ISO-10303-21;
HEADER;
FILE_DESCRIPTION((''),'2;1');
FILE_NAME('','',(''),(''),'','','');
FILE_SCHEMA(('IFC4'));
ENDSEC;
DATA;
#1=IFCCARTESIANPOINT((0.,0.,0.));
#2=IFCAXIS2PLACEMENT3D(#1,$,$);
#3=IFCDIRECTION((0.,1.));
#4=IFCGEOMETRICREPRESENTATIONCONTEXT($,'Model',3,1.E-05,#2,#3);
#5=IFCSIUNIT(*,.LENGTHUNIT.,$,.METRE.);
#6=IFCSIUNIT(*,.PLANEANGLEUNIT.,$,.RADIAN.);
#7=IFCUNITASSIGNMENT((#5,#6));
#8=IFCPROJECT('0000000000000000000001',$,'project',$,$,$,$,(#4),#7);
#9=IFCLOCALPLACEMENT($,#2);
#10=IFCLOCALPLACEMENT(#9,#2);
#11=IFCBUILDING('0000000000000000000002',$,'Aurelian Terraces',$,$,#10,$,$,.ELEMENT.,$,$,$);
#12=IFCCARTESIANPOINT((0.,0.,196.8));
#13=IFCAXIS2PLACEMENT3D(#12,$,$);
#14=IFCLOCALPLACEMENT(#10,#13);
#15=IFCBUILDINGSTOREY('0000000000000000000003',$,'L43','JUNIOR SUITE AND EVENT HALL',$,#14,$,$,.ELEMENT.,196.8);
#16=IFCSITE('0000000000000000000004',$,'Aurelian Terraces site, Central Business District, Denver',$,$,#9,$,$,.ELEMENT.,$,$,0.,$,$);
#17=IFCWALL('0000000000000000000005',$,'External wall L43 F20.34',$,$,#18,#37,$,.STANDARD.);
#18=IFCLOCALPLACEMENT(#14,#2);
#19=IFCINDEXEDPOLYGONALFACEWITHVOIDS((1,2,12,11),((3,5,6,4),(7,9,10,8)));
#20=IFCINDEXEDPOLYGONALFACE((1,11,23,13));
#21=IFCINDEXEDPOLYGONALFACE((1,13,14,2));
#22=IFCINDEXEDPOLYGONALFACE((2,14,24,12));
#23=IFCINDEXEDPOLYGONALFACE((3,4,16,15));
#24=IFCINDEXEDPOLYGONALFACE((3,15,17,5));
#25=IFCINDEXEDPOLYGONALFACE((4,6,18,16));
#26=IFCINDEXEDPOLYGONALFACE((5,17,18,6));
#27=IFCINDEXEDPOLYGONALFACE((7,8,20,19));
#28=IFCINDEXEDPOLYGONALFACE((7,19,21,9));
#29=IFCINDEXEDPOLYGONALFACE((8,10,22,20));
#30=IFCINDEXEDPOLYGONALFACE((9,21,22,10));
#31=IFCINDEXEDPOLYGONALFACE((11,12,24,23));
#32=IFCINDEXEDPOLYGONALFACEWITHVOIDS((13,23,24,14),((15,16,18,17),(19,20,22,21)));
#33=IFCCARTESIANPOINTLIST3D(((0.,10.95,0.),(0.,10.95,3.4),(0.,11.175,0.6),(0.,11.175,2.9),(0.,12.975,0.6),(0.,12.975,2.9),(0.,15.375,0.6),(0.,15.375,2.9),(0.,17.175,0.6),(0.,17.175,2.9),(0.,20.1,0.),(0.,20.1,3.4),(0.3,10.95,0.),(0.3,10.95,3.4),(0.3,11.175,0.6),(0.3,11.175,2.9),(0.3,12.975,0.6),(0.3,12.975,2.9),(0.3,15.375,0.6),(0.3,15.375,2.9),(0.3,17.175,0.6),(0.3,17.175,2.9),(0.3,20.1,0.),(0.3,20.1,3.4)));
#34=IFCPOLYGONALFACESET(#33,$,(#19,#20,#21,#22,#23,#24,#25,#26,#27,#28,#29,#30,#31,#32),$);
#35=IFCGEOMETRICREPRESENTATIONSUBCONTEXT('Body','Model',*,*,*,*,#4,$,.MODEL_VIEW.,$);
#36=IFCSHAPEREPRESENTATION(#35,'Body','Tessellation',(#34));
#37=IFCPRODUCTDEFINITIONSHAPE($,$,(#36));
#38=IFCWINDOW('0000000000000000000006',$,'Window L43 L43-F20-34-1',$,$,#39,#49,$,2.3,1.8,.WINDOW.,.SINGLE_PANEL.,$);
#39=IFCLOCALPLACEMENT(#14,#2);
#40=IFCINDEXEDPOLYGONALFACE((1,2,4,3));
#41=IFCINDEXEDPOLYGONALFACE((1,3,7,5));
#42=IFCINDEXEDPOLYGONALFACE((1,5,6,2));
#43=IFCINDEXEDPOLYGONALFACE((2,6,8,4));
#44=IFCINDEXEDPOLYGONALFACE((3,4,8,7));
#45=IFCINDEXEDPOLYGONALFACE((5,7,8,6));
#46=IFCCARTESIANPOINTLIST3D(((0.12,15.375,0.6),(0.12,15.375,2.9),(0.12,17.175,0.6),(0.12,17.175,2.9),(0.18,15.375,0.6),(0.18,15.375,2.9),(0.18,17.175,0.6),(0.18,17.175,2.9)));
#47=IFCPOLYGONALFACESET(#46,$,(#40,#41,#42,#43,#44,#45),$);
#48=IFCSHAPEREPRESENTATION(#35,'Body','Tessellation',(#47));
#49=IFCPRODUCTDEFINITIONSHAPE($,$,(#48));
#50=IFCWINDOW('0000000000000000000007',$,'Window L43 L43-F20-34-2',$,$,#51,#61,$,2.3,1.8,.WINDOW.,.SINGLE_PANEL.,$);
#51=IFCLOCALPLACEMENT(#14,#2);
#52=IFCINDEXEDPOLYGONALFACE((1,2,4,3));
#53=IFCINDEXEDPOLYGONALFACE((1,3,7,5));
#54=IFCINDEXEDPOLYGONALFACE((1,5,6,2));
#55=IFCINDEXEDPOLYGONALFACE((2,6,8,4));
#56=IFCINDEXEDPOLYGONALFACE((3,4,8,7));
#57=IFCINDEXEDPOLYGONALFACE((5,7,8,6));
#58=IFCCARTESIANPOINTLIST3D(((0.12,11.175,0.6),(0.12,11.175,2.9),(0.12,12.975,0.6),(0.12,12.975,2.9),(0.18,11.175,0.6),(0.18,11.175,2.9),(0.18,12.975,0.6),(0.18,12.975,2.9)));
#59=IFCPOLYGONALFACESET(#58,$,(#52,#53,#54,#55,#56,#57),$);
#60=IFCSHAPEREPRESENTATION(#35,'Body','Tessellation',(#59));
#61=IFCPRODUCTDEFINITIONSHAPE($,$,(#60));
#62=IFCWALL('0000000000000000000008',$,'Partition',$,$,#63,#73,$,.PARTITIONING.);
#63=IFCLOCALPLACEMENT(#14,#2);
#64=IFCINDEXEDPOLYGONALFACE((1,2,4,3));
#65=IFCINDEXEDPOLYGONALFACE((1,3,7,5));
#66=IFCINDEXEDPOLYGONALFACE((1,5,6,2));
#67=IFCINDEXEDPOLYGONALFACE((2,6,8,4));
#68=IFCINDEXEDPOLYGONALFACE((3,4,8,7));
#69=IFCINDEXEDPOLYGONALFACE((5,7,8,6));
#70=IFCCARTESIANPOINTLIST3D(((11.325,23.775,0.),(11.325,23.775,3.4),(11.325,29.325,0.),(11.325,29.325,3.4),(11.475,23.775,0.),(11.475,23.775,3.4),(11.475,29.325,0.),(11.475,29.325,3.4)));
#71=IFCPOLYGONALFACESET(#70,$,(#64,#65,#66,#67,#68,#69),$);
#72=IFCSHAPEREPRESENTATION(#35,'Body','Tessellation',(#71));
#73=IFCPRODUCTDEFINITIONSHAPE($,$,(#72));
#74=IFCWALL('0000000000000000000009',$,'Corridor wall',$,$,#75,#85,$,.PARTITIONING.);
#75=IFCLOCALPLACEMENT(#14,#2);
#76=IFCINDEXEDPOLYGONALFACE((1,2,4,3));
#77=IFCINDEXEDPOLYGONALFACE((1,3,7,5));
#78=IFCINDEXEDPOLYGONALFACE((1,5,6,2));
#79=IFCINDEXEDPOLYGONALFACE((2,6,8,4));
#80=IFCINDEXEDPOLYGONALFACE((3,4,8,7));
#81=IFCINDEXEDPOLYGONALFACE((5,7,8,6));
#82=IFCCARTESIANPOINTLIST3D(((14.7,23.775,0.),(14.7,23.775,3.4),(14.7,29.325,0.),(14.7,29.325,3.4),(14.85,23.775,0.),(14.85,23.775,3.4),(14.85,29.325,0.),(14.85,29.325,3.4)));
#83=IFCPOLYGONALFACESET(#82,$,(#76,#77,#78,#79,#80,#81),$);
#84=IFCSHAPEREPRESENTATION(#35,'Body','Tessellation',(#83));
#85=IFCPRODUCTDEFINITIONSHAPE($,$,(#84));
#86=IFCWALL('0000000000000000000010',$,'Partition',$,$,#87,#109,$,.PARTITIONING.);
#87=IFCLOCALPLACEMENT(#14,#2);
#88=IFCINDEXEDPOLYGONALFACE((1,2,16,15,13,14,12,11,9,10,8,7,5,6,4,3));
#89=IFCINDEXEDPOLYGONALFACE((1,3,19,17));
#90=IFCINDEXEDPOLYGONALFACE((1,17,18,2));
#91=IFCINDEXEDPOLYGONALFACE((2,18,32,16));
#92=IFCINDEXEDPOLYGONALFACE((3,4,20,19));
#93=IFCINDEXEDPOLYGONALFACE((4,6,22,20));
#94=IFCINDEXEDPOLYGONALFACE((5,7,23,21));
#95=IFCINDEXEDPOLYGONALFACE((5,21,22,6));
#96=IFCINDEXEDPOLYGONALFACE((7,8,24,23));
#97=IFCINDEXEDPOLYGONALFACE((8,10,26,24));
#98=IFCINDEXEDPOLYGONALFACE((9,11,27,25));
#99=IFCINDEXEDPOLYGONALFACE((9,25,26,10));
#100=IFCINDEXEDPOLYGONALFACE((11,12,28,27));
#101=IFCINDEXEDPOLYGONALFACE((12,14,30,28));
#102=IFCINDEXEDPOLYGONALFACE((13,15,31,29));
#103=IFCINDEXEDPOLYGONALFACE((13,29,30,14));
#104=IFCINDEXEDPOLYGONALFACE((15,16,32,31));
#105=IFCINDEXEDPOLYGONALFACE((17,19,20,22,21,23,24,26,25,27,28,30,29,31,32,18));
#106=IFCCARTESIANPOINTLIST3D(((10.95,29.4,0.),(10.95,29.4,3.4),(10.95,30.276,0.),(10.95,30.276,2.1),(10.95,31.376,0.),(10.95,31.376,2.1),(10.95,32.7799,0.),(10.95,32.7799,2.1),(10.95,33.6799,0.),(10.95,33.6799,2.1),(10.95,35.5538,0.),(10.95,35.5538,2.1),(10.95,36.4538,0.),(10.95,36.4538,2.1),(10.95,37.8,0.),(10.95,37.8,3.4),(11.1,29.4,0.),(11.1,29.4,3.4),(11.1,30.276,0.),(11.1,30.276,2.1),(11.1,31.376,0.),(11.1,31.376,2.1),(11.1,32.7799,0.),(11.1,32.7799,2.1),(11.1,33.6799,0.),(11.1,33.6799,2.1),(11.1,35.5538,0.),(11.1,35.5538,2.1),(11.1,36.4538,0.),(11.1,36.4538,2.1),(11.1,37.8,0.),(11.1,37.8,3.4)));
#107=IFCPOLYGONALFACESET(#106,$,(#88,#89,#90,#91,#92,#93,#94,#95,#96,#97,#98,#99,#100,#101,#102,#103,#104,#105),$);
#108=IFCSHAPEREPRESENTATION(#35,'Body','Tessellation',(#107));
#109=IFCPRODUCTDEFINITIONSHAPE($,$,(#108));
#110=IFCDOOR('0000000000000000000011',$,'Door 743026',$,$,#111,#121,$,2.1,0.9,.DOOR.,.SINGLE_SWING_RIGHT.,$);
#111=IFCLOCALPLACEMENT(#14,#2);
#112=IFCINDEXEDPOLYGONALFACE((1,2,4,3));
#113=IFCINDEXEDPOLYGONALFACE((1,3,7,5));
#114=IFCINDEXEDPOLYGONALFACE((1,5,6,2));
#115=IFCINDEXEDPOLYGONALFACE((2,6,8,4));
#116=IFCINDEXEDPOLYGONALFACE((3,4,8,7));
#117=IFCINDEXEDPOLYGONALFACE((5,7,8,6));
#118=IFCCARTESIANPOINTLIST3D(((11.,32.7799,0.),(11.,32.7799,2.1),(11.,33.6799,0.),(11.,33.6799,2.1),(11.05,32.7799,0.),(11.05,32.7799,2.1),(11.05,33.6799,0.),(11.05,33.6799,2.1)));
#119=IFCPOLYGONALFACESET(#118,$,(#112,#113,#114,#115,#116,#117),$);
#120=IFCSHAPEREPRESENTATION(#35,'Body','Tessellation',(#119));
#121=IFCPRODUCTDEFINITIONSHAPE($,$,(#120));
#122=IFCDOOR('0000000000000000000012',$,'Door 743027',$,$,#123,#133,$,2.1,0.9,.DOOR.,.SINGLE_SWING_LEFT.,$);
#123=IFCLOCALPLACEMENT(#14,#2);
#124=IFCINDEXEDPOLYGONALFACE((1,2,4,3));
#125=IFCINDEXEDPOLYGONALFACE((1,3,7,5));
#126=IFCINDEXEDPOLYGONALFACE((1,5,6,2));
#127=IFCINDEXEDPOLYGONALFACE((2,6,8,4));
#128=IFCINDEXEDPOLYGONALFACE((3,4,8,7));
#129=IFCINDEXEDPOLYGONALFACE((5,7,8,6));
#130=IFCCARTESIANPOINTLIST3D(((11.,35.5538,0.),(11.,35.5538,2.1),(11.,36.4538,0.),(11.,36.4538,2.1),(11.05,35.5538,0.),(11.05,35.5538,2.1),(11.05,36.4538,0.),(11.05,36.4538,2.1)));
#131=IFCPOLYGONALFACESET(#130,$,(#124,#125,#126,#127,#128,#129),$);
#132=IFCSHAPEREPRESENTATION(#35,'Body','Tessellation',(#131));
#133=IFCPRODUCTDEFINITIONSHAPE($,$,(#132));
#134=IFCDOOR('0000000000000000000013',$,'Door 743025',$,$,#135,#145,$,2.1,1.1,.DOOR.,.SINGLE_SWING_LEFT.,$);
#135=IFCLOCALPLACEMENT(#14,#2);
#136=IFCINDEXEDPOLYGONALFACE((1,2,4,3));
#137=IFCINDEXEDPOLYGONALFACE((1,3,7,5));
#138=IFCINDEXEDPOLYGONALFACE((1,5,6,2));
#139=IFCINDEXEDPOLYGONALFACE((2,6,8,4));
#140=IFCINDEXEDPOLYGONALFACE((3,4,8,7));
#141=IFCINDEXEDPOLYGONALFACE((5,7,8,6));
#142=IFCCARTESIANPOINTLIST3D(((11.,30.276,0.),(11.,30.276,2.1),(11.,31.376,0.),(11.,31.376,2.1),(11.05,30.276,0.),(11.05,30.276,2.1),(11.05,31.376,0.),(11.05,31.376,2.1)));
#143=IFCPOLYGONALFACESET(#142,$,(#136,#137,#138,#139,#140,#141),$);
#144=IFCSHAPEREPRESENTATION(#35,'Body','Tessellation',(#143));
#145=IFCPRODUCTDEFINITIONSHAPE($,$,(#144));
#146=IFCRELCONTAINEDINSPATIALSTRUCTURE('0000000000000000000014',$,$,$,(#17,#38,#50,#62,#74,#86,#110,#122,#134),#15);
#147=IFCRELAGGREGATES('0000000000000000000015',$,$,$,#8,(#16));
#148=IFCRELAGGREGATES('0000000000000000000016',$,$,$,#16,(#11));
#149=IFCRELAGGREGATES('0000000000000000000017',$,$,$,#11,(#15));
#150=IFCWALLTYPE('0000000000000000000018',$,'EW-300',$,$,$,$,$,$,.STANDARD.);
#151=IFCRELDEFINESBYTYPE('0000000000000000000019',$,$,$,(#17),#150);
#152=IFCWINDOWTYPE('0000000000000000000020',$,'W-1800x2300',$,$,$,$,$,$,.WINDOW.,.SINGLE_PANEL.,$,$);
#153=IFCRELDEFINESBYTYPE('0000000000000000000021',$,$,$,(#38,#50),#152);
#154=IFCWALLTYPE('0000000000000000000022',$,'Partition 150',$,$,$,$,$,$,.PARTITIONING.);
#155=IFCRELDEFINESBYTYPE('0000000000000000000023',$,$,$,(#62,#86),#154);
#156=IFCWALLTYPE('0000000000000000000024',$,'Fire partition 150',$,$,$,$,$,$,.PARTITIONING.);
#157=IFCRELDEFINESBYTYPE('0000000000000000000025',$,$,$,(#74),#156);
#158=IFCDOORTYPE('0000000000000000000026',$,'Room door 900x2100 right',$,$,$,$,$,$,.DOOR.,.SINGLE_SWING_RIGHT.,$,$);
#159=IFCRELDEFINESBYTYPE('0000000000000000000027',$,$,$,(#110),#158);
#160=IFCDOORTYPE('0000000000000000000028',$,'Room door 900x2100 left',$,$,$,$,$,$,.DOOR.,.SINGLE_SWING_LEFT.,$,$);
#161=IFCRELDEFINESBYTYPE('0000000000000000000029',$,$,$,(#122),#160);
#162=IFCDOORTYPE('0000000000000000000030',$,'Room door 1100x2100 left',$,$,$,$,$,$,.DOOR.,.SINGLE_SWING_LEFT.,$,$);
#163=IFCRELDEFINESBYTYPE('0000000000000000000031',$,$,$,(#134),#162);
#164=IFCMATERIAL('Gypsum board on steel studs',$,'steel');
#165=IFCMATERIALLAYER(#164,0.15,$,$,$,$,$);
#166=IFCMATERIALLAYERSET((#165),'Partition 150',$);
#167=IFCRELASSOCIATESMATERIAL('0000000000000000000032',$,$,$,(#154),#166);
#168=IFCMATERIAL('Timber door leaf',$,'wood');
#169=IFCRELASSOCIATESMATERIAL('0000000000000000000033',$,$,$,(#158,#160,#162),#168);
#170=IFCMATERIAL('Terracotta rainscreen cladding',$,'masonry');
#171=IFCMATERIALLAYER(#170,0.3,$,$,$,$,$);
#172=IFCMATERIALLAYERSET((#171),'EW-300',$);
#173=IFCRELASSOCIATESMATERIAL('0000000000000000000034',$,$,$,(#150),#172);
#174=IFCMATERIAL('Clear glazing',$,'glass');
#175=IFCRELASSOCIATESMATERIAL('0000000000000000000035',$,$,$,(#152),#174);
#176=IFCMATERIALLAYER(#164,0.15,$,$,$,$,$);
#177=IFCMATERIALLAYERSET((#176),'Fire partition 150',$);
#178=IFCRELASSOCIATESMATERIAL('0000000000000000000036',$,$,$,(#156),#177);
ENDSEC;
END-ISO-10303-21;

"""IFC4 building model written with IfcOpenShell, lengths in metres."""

from ifc_helpers import new_model, si_unit, direction, frame, frame_2d, origin, place, context, subcontext, project, spatial, rectangle, extrude, source, transform, mapped, material, layer, layer_set, type_object, element, fill, save


model = new_model("IFC4")

# Units and contexts
model_context = context("Model", 3, precision=1e-05, world=origin(), true_north=direction((0.0, 1.0)))
body_context = subcontext(model_context, "Body", "Model", "MODEL_VIEW")
ifc_project = project(units=[si_unit("LENGTHUNIT", "METRE"), si_unit("PLANEANGLEUNIT", "RADIAN")], contexts=[model_context])

# Site, building, storey
site_placement = place(None, origin())
site = spatial("IfcSite", under=ifc_project, at=site_placement, Name="Aurelian Terraces site, Central Business District, Denver", CompositionType="ELEMENT", RefElevation=0.0)
building_placement = place(site_placement, origin())
building = spatial("IfcBuilding", under=site, at=building_placement, Name="Aurelian Terraces", CompositionType="ELEMENT")
storey_placement = place(building_placement, frame((0.0, 0.0, 196.8)))
storey = spatial("IfcBuildingStorey", under=building, at=storey_placement, Name="L43", Description="JUNIOR SUITE AND EVENT HALL", CompositionType="ELEMENT", Elevation=196.8)

# Shared definitions
ifc_material_1 = material(Name="Gypsum board on steel studs", Category="steel")
ifc_layer_1 = layer(ifc_material_1, 0.15)
ifc_layer_set_1 = layer_set([ifc_layer_1], Name="Partition 150")
wall_type_1 = type_object("IfcWallType", Name="Partition 150", PredefinedType="PARTITIONING", material=ifc_layer_set_1)
shared_shape_1 = source(origin(), body_context, "Body", "SweptSolid", [
    extrude(rectangle(XDim=0.9, YDim=2.1, at=frame_2d((0.45, 1.05))), frame((0.0, 0.085, 0.0), z_axis=(0.0, -1.0, 0.0), x_axis=(1.0, 0.0, 0.0)), (0.0, 0.0, 1.0), 0.17),
])
ifc_material_2 = material(Name="Timber door leaf", Category="wood")
door_type_1 = type_object("IfcDoorType", Name="Room door 900x2100 right", OperationType="SINGLE_SWING_RIGHT", PredefinedType="DOOR", material=ifc_material_2)
shared_shape_2 = source(origin(), body_context, "Body", "SweptSolid", [
    extrude(rectangle(XDim=0.9, YDim=2.1, at=frame_2d((0.45, 1.05))), frame((0.0, 0.025, 0.0), z_axis=(0.0, -1.0, 0.0), x_axis=(1.0, 0.0, 0.0)), (0.0, 0.0, 1.0), 0.05),
])
door_type_2 = type_object("IfcDoorType", Name="Room door 900x2100 left", OperationType="SINGLE_SWING_LEFT", PredefinedType="DOOR", material=ifc_material_2)

# Shared definitions
ifc_material_3 = material(Name="Terracotta rainscreen cladding", Category="masonry")
ifc_layer_2 = layer(ifc_material_3, 0.3)
ifc_layer_set_2 = layer_set([ifc_layer_2], Name="EW-300")
wall_type_2 = type_object("IfcWallType", Name="EW-300", PredefinedType="STANDARD", material=ifc_layer_set_2)
shared_shape_3 = source(origin(), body_context, "Body", "SweptSolid", [
    extrude(rectangle(XDim=1.8, YDim=2.3, at=frame_2d((0.9, 1.15))), frame((0.0, 0.16, 0.0), z_axis=(0.0, -1.0, 0.0), x_axis=(1.0, 0.0, 0.0)), (0.0, 0.0, 1.0), 0.32),
])
ifc_material_4 = material(Name="Clear glazing", Category="glass")
window_type = type_object("IfcWindowType", Name="W-1800x2300", PartitioningType="SINGLE_PANEL", PredefinedType="WINDOW", material=ifc_material_4)
shared_shape_4 = source(origin(), body_context, "Body", "SweptSolid", [
    extrude(rectangle(XDim=1.8, YDim=2.3, at=frame_2d((0.9, 1.15))), frame((0.0, 0.03, 0.0), z_axis=(0.0, -1.0, 0.0), x_axis=(1.0, 0.0, 0.0)), (0.0, 0.0, 1.0), 0.06),
])

# Wall, openings, windows
shared_shape_5 = source(origin(), body_context, "Body", "SweptSolid", [
    extrude(rectangle(XDim=9.15, YDim=0.3, at=frame_2d((4.575, 0.0))), origin(), (0.0, 0.0, 1.0), 3.4),
])
wall_1_placement = place(storey_placement, frame((0.15, 20.1, 0.0), z_axis=(0.0, 0.0, 1.0), x_axis=(0.0, -1.0, 0.0)))
wall_1 = element("IfcWall", 1, at=wall_1_placement, inside=storey, type_object=wall_type_2, Name="External wall L43 F20.34", PredefinedType="STANDARD", context=body_context, shape_type="MappedRepresentation", body=[
    mapped(shared_shape_5, transform((0.0, 0.0, 0.0), scale=1.0)),
])
opening_1_placement = place(wall_1_placement, frame((2.925, 0.0, 0.6)))
opening_1 = element("IfcOpeningElement", 2, at=opening_1_placement, cuts=wall_1, PredefinedType="OPENING", context=body_context, shape_type="MappedRepresentation", body=[
    mapped(shared_shape_3, transform((0.0, 0.0, 0.0), scale=1.0)),
])
opening_2_placement = place(wall_1_placement, frame((7.125, 0.0, 0.6)))
opening_2 = element("IfcOpeningElement", 3, at=opening_2_placement, cuts=wall_1, PredefinedType="OPENING", context=body_context, shape_type="MappedRepresentation", body=[
    mapped(shared_shape_3, transform((0.0, 0.0, 0.0), scale=1.0)),
])
window_1_placement = place(opening_1_placement, origin())
window_1 = element("IfcWindow", 4, at=window_1_placement, inside=storey, type_object=window_type, Name="Window L43 L43-F20-34-1", OverallHeight=2.3, OverallWidth=1.8, PartitioningType="SINGLE_PANEL", PredefinedType="WINDOW", context=body_context, shape_type="MappedRepresentation", body=[
    mapped(shared_shape_4, transform((0.0, 0.0, 0.0), scale=1.0)),
])
fill(opening_1, window_1)
window_2_placement = place(opening_2_placement, origin())
window_2 = element("IfcWindow", 5, at=window_2_placement, inside=storey, type_object=window_type, Name="Window L43 L43-F20-34-2", OverallHeight=2.3, OverallWidth=1.8, PartitioningType="SINGLE_PANEL", PredefinedType="WINDOW", context=body_context, shape_type="MappedRepresentation", body=[
    mapped(shared_shape_4, transform((0.0, 0.0, 0.0), scale=1.0)),
])
fill(opening_2, window_2)

# Walls
shared_shape_6 = source(origin(), body_context, "Body", "SweptSolid", [
    extrude(rectangle(XDim=5.55, YDim=0.15, at=frame_2d((2.775, 0.0))), origin(), (0.0, 0.0, 1.0), 3.4),
])
wall_2_placement = place(storey_placement, frame((11.4, 23.775, 0.0), z_axis=(0.0, 0.0, 1.0), x_axis=(0.0, 1.0, 0.0)))
element("IfcWall", 6, at=wall_2_placement, inside=storey, type_object=wall_type_1, Name="Partition", PredefinedType="PARTITIONING", context=body_context, shape_type="MappedRepresentation", body=[
    mapped(shared_shape_6, transform((0.0, 0.0, 0.0), scale=1.0)),
])
ifc_layer_3 = layer(ifc_material_1, 0.15)
ifc_layer_set_3 = layer_set([ifc_layer_3], Name="Fire partition 150")
wall_type_3 = type_object("IfcWallType", Name="Fire partition 150", PredefinedType="PARTITIONING", material=ifc_layer_set_3)
wall_3_placement = place(storey_placement, frame((14.775, 23.775, 0.0), z_axis=(0.0, 0.0, 1.0), x_axis=(0.0, 1.0, 0.0)))
element("IfcWall", 7, at=wall_3_placement, inside=storey, type_object=wall_type_3, Name="Corridor wall", PredefinedType="PARTITIONING", context=body_context, shape_type="MappedRepresentation", body=[
    mapped(shared_shape_6, transform((0.0, 0.0, 0.0), scale=1.0)),
])

# Wall, openings, doors
shared_shape_7 = source(origin(), body_context, "Body", "SweptSolid", [
    extrude(rectangle(XDim=8.4, YDim=0.15, at=frame_2d((4.2, 0.0))), origin(), (0.0, 0.0, 1.0), 3.4),
])
wall_4_placement = place(storey_placement, frame((11.025, 29.4, 0.0), z_axis=(0.0, 0.0, 1.0), x_axis=(0.0, 1.0, 0.0)))
wall_4 = element("IfcWall", 8, at=wall_4_placement, inside=storey, type_object=wall_type_1, Name="Partition", PredefinedType="PARTITIONING", context=body_context, shape_type="MappedRepresentation", body=[
    mapped(shared_shape_7, transform((0.0, 0.0, 0.0), scale=1.0)),
])
shared_shape_8 = source(origin(), body_context, "Body", "SweptSolid", [
    extrude(rectangle(XDim=1.1, YDim=2.1, at=frame_2d((0.55, 1.05))), frame((0.0, 0.085, 0.0), z_axis=(0.0, -1.0, 0.0), x_axis=(1.0, 0.0, 0.0)), (0.0, 0.0, 1.0), 0.17),
])
opening_3_placement = place(wall_4_placement, frame((0.876, 0.0, 0.0)))
opening_3 = element("IfcOpeningElement", 9, at=opening_3_placement, cuts=wall_4, PredefinedType="OPENING", context=body_context, shape_type="MappedRepresentation", body=[
    mapped(shared_shape_8, transform((0.0, 0.0, 0.0), scale=1.0)),
])
opening_4_placement = place(wall_4_placement, frame((3.3799, 0.0, 0.0)))
opening_4 = element("IfcOpeningElement", 10, at=opening_4_placement, cuts=wall_4, PredefinedType="OPENING", context=body_context, shape_type="MappedRepresentation", body=[
    mapped(shared_shape_1, transform((0.0, 0.0, 0.0), scale=1.0)),
])
opening_5_placement = place(wall_4_placement, frame((6.1538, 0.0, 0.0)))
opening_5 = element("IfcOpeningElement", 11, at=opening_5_placement, cuts=wall_4, PredefinedType="OPENING", context=body_context, shape_type="MappedRepresentation", body=[
    mapped(shared_shape_1, transform((0.0, 0.0, 0.0), scale=1.0)),
])
door_1_placement = place(opening_4_placement, origin())
door_1 = element("IfcDoor", 12, at=door_1_placement, inside=storey, type_object=door_type_1, Name="Door 743026", OperationType="SINGLE_SWING_RIGHT", OverallHeight=2.1, OverallWidth=0.9, PredefinedType="DOOR", context=body_context, shape_type="MappedRepresentation", body=[
    mapped(shared_shape_2, transform((0.0, 0.0, 0.0), scale=1.0)),
])
fill(opening_4, door_1)
door_2_placement = place(opening_5_placement, origin())
door_2 = element("IfcDoor", 13, at=door_2_placement, inside=storey, type_object=door_type_2, Name="Door 743027", OperationType="SINGLE_SWING_LEFT", OverallHeight=2.1, OverallWidth=0.9, PredefinedType="DOOR", context=body_context, shape_type="MappedRepresentation", body=[
    mapped(shared_shape_2, transform((0.0, 0.0, 0.0), scale=1.0)),
])
fill(opening_5, door_2)
door_type_3 = type_object("IfcDoorType", Name="Room door 1100x2100 left", OperationType="SINGLE_SWING_LEFT", PredefinedType="DOOR", material=ifc_material_2)
shared_shape_9 = source(origin(), body_context, "Body", "SweptSolid", [
    extrude(rectangle(XDim=1.1, YDim=2.1, at=frame_2d((0.55, 1.05))), frame((0.0, 0.025, 0.0), z_axis=(0.0, -1.0, 0.0), x_axis=(1.0, 0.0, 0.0)), (0.0, 0.0, 1.0), 0.05),
])
door_3_placement = place(opening_3_placement, origin())
door_3 = element("IfcDoor", 14, at=door_3_placement, inside=storey, type_object=door_type_3, Name="Door 743025", OperationType="SINGLE_SWING_LEFT", OverallHeight=2.1, OverallWidth=1.1, PredefinedType="DOOR", context=body_context, shape_type="MappedRepresentation", body=[
    mapped(shared_shape_9, transform((0.0, 0.0, 0.0), scale=1.0)),
])
fill(opening_3, door_3)

save(model, "model.ifc")
